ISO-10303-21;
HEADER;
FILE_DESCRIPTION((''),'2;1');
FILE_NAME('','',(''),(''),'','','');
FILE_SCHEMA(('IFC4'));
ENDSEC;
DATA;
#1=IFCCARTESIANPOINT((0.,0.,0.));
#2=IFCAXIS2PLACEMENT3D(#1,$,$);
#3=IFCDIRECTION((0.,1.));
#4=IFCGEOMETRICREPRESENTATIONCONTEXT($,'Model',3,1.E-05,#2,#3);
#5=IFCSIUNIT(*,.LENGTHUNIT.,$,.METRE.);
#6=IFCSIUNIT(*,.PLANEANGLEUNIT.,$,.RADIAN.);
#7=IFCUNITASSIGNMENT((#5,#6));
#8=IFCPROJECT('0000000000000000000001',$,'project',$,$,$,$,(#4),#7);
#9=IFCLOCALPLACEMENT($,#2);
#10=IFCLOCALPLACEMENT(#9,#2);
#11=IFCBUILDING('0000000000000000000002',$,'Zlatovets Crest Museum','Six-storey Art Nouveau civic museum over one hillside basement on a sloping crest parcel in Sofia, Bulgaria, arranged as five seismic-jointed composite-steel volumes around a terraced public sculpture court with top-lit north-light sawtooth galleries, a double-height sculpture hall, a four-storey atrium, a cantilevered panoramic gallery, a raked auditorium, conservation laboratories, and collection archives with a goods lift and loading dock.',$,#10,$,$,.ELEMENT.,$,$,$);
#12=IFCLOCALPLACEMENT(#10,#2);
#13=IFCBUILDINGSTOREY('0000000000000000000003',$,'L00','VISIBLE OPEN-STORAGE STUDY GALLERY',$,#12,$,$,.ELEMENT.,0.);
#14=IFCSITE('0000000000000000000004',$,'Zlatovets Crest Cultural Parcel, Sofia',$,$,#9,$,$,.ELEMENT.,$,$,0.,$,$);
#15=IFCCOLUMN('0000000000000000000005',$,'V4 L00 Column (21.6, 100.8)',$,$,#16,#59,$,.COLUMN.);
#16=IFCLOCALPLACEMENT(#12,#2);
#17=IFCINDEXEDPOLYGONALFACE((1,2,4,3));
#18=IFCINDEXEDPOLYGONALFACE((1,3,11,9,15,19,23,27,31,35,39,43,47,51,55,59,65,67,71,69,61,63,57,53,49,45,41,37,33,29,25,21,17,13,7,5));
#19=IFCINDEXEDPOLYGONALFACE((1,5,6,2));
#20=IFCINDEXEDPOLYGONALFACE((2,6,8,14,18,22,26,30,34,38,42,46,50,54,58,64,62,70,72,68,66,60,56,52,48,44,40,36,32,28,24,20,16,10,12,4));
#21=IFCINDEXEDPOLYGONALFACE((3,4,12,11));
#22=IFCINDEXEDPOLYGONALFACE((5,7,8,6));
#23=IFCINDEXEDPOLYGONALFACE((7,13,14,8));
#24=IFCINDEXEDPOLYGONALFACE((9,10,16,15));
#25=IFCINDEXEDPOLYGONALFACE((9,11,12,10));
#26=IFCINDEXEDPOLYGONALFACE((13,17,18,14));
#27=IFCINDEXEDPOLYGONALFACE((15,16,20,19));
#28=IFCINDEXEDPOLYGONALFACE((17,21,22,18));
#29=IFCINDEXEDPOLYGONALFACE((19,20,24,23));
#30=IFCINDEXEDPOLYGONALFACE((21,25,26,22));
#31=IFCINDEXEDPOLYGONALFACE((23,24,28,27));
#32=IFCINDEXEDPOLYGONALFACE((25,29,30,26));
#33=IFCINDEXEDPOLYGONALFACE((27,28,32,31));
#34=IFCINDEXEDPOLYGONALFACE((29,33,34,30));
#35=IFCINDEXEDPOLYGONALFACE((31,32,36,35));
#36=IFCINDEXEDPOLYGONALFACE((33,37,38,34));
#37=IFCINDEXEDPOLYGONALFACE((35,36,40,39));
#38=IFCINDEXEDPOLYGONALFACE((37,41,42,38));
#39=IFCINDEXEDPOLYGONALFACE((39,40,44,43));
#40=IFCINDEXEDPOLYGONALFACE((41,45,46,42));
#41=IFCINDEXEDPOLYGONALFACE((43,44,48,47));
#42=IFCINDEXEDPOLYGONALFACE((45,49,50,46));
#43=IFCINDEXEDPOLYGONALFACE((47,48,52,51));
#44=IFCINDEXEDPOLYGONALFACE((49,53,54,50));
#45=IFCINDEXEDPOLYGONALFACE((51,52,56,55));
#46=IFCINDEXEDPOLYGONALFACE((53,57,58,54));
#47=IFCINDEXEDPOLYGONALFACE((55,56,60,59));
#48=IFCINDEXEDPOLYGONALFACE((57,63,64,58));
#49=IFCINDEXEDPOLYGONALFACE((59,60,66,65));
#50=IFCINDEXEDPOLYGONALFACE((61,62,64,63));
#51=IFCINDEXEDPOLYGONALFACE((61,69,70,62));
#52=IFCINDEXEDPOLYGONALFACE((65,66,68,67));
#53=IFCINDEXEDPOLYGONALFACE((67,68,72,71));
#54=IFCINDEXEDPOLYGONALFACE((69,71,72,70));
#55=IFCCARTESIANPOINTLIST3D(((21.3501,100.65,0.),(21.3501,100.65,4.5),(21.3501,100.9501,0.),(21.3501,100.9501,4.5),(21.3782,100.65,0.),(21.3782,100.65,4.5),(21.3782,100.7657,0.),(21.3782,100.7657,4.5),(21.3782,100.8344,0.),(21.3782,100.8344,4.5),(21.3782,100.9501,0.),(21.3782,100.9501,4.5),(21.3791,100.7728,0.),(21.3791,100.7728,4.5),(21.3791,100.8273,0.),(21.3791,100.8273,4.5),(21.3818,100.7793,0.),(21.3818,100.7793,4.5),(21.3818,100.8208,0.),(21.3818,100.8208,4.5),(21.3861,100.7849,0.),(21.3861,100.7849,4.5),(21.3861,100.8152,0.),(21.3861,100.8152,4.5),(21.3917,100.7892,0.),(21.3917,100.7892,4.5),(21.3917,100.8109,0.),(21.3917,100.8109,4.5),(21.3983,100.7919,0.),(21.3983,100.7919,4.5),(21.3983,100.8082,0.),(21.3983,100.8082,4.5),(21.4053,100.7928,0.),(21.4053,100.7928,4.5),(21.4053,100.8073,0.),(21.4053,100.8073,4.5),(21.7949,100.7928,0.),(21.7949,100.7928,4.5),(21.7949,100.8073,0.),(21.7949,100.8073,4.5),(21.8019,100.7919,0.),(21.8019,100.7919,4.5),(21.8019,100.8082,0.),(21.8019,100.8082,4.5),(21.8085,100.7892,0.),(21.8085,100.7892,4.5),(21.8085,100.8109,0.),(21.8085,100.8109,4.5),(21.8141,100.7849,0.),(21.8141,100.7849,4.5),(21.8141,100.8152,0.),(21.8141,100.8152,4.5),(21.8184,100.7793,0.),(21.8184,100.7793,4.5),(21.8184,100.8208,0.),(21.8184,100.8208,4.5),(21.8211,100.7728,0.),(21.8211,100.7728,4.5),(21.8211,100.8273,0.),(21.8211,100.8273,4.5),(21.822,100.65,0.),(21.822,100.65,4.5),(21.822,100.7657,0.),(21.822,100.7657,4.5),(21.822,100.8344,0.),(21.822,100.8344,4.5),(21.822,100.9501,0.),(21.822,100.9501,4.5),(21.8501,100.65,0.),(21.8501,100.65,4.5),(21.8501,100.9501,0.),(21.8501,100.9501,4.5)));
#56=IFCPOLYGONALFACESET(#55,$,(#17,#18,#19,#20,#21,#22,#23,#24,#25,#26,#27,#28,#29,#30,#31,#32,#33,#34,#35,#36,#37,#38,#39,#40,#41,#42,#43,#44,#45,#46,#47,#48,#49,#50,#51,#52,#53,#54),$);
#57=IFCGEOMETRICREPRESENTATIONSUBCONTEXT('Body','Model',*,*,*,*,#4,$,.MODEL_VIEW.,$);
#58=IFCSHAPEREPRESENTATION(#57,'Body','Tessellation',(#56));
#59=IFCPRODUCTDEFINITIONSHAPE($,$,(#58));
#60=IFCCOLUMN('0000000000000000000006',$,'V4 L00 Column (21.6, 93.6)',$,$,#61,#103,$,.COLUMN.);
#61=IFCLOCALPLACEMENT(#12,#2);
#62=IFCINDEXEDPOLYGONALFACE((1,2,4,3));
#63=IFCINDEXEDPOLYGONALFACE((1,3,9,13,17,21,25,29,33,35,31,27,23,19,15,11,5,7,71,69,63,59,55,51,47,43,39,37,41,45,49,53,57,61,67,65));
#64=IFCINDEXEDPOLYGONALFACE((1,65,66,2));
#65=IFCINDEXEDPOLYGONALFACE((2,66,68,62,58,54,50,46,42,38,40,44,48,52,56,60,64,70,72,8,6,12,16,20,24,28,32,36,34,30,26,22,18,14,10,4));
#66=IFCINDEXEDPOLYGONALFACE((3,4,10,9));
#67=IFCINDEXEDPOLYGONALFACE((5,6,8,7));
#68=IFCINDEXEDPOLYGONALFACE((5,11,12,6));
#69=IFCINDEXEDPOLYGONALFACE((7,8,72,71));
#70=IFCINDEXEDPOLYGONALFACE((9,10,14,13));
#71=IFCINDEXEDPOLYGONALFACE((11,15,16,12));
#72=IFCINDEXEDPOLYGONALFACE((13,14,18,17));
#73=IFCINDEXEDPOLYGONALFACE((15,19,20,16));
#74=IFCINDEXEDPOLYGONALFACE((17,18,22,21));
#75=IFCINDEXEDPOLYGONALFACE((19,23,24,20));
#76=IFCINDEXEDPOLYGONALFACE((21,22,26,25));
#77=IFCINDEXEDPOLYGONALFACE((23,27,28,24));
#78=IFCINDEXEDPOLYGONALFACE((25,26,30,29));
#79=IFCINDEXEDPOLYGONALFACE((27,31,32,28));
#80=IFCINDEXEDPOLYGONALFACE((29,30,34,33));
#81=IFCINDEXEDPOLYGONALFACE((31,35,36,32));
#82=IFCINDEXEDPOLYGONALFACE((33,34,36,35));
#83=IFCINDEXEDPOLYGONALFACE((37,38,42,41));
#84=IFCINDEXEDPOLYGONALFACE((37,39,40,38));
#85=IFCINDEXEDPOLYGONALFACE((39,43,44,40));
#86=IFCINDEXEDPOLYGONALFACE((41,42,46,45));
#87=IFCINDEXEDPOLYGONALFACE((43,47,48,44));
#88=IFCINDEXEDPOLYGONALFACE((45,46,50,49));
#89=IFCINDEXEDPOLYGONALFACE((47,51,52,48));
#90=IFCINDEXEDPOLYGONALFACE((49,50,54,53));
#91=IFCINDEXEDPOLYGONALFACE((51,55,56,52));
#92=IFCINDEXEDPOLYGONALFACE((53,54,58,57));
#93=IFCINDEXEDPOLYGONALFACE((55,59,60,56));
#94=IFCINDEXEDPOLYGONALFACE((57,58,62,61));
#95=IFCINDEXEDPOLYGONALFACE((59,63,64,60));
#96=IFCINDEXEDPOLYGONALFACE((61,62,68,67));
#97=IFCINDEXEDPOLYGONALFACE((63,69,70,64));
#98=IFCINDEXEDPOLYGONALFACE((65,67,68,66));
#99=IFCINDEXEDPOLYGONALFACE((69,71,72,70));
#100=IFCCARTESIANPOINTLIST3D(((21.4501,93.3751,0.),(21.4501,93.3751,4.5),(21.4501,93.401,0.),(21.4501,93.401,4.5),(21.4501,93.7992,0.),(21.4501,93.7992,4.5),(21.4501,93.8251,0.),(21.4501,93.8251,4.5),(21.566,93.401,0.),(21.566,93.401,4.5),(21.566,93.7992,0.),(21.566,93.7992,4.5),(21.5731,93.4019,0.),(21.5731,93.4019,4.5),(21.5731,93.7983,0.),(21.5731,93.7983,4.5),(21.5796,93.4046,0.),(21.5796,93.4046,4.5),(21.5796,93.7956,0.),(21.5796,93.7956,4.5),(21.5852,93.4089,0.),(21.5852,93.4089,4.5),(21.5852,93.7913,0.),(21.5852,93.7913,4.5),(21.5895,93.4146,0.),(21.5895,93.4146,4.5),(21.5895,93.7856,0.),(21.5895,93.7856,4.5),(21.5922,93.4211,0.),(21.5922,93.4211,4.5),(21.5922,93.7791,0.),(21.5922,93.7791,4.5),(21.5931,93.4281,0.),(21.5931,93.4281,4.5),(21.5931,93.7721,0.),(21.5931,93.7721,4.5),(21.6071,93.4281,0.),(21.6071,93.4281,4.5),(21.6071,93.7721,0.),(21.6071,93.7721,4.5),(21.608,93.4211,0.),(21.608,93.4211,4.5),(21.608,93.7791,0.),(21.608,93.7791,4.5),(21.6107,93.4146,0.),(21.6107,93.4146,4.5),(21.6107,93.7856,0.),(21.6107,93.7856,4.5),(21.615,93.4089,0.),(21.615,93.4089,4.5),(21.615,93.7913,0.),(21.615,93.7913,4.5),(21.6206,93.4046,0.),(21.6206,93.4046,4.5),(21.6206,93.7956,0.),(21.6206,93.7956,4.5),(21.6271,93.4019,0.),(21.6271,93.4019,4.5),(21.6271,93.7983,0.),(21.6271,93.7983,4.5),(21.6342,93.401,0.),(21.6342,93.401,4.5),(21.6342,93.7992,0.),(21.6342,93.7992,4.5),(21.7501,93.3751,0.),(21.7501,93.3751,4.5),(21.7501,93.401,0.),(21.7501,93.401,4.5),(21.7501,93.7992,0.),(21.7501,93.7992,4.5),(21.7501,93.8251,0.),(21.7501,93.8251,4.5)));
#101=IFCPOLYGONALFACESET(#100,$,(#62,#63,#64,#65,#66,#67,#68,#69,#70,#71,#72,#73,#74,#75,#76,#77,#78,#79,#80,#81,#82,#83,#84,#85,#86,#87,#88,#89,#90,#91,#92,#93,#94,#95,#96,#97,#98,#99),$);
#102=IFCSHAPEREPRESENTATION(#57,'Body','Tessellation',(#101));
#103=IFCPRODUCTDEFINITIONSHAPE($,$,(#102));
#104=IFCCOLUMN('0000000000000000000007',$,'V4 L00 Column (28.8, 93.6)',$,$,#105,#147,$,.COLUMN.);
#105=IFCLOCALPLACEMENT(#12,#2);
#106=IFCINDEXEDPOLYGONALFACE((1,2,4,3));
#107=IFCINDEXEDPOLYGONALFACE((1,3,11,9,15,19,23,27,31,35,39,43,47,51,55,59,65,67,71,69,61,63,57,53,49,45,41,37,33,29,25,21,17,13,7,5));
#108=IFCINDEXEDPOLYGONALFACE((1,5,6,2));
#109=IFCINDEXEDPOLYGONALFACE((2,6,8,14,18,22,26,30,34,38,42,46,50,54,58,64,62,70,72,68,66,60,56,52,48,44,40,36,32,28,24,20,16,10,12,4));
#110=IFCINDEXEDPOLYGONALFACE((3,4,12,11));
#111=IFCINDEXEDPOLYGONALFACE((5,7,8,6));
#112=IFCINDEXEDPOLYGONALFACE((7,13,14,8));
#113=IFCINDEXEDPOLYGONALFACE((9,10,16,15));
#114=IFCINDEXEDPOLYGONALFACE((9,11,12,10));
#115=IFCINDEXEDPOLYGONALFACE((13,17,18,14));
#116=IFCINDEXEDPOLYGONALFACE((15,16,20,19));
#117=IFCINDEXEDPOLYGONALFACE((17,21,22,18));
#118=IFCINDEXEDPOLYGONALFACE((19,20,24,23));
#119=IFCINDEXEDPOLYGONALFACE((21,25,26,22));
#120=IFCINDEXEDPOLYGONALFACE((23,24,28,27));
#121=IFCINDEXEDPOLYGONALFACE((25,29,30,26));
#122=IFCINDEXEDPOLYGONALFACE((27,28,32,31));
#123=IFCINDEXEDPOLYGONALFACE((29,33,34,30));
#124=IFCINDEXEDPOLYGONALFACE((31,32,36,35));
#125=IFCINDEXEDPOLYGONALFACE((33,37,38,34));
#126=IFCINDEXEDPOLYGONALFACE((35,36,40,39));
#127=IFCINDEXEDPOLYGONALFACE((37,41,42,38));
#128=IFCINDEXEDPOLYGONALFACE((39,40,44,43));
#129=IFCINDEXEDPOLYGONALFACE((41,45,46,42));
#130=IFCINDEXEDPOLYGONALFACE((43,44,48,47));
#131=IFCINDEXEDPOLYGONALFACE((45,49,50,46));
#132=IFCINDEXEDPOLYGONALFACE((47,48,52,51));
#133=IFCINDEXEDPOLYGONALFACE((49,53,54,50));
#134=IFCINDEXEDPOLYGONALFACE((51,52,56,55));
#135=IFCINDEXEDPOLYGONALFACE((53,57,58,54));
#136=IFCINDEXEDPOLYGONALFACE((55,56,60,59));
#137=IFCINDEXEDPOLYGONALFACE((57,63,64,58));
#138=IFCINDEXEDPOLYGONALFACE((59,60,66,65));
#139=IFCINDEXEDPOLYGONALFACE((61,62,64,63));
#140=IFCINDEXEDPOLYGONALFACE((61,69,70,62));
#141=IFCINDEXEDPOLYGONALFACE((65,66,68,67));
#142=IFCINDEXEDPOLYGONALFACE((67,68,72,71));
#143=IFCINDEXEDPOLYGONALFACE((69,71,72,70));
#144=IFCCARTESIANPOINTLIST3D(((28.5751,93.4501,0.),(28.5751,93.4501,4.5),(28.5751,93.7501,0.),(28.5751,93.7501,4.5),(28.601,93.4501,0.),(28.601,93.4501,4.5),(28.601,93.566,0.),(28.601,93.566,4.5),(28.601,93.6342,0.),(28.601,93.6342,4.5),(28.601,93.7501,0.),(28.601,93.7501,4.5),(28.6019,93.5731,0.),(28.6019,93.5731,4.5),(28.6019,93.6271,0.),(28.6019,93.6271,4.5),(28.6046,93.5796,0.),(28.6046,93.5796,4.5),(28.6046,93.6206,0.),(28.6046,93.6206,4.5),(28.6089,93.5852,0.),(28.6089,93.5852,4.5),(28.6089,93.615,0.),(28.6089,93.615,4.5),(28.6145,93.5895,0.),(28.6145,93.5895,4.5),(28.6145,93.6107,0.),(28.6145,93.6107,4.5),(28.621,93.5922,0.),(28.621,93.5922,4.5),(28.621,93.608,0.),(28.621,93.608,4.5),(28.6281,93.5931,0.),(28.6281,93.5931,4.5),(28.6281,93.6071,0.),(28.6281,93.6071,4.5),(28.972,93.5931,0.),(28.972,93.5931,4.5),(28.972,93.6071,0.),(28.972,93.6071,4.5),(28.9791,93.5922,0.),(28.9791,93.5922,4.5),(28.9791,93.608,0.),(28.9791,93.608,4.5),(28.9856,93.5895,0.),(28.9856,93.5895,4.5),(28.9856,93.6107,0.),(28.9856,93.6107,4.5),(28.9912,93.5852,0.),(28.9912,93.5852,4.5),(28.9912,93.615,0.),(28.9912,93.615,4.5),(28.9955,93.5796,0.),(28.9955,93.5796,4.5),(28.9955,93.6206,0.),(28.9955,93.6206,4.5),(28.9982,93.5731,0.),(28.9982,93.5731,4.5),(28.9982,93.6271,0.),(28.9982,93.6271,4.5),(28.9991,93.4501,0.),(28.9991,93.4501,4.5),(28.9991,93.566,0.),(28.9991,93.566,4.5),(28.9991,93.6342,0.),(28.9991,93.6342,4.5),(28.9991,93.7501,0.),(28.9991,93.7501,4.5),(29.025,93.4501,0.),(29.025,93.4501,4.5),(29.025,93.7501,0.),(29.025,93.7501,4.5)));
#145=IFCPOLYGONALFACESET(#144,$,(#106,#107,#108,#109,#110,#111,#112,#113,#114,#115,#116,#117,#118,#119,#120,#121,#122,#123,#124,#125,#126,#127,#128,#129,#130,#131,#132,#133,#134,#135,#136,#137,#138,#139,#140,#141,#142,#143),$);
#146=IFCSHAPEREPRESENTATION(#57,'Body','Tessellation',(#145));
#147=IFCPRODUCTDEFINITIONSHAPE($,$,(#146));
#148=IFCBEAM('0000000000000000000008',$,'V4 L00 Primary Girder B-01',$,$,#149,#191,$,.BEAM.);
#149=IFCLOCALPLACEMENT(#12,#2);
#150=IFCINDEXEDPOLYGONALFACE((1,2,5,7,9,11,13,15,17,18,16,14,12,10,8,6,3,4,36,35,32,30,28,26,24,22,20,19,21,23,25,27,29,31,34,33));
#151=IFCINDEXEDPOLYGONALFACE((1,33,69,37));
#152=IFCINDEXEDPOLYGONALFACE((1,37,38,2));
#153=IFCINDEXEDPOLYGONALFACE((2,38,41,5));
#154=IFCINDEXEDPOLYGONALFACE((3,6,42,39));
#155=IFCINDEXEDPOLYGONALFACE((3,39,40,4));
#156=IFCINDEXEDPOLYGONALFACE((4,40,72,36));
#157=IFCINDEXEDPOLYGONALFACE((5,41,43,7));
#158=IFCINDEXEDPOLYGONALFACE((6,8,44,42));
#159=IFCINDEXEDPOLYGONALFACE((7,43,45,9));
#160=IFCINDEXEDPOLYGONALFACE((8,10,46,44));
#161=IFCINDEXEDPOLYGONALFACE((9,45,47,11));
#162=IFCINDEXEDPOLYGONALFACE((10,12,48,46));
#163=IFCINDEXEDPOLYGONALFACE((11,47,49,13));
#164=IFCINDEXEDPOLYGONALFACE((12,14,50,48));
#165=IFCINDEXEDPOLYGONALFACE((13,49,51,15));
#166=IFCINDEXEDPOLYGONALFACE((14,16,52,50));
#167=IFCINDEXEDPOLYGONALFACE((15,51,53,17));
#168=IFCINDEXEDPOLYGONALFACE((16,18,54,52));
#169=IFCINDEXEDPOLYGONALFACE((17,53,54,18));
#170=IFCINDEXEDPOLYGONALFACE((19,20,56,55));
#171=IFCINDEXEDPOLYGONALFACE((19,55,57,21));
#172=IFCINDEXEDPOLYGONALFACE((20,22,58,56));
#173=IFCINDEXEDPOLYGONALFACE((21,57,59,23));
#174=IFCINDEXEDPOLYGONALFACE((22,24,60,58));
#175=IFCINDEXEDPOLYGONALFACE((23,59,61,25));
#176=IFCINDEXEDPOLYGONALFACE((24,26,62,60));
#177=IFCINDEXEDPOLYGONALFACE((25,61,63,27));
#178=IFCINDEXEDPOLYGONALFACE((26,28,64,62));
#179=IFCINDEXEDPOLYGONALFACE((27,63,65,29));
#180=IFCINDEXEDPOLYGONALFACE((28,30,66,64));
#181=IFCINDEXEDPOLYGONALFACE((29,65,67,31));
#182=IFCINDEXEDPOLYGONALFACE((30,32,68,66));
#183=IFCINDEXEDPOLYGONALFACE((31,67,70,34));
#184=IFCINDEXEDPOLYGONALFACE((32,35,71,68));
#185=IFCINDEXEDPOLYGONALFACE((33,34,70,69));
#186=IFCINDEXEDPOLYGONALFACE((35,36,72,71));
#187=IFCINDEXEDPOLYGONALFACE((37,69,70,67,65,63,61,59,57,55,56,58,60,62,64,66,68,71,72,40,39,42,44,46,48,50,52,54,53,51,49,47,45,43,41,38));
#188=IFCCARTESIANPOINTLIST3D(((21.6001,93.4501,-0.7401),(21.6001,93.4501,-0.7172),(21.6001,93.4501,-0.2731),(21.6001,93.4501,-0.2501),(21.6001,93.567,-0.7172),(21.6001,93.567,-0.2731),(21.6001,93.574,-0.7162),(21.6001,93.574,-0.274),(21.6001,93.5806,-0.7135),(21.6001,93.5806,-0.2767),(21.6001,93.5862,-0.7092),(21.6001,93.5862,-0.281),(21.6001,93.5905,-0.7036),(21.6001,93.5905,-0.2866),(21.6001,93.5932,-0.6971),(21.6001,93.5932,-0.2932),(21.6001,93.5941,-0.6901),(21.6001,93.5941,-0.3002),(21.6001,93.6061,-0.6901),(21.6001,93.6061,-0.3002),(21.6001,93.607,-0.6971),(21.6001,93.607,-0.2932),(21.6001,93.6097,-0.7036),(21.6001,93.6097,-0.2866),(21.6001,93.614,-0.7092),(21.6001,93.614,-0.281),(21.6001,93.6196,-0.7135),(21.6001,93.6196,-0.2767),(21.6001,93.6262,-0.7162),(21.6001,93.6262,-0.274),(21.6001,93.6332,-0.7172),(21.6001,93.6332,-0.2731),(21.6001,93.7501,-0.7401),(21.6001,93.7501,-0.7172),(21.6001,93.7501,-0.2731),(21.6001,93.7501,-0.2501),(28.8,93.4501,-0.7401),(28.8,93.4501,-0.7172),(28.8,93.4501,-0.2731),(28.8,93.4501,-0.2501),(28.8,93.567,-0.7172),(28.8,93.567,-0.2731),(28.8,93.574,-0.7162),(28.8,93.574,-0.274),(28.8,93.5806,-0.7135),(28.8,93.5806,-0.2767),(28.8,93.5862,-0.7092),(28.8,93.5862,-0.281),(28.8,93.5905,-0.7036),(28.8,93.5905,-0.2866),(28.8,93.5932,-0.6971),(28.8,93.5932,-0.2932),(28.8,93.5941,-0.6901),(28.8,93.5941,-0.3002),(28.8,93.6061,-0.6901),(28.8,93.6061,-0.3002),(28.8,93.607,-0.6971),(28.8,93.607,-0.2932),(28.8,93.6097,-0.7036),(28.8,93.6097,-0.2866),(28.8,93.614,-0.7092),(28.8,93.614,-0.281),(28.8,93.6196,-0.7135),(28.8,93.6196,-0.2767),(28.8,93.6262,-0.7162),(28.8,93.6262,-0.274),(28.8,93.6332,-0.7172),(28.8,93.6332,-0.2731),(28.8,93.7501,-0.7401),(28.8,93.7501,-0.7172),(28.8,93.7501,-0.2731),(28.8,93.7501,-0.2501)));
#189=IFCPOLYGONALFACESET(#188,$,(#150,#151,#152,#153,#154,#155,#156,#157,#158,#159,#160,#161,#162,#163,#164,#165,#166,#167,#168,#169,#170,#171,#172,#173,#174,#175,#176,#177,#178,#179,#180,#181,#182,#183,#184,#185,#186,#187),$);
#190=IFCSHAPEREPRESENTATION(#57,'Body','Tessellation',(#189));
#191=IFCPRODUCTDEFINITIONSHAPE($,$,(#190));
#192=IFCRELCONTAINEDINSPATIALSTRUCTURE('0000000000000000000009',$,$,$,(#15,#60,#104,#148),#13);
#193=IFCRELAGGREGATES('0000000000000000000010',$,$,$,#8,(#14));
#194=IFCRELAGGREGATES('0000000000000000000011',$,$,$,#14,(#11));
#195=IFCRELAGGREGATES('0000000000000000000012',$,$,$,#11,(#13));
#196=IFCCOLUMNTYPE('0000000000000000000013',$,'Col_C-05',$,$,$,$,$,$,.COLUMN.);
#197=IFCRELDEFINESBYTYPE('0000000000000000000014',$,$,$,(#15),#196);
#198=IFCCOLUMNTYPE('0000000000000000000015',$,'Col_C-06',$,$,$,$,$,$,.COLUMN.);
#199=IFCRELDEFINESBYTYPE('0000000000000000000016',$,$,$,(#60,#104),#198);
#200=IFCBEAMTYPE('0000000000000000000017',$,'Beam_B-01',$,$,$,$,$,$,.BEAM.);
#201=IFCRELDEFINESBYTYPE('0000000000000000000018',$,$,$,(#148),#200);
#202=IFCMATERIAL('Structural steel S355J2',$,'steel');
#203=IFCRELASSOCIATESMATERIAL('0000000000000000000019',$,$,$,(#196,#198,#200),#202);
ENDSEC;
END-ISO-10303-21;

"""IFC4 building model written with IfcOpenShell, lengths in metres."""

from ifc_helpers import new_model, si_unit, direction, frame, origin, origin_2d, place, context, subcontext, project, spatial, i_section, extrude, material, material_profile, profile_set, type_object, element, save


model = new_model("IFC4")

# Units and contexts
model_context = context("Model", 3, precision=1e-05, world=origin(), true_north=direction((0.0, 1.0)))
body_context = subcontext(model_context, "Body", "Model", "MODEL_VIEW")
ifc_project = project(units=[si_unit("LENGTHUNIT", "METRE"), si_unit("PLANEANGLEUNIT", "RADIAN")], contexts=[model_context])

# Site, building, storey
site_placement = place(None, origin())
site = spatial("IfcSite", under=ifc_project, at=site_placement, Name="Zlatovets Crest Cultural Parcel, Sofia", CompositionType="ELEMENT", RefElevation=0.0)
building_placement = place(site_placement, origin())
building = spatial("IfcBuilding", under=site, at=building_placement, Name="Zlatovets Crest Museum", Description="Six-storey Art Nouveau civic museum over one hillside basement on a sloping crest parcel in Sofia, Bulgaria, arranged as five seismic-jointed composite-steel volumes around a terraced public sculpture court with top-lit north-light sawtooth galleries, a double-height sculpture hall, a four-storey atrium, a cantilevered panoramic gallery, a raked auditorium, conservation laboratories, and collection archives with a goods lift and loading dock.", CompositionType="ELEMENT")
storey_placement = place(building_placement, origin())
storey = spatial("IfcBuildingStorey", under=building, at=storey_placement, Name="L00", Description="VISIBLE OPEN-STORAGE STUDY GALLERY", CompositionType="ELEMENT", Elevation=0.0)

# Columns
ifc_material_1 = material(Name="Structural steel S355J2", Category="steel")
ifc_material_profile_1 = material_profile(ifc_material_1, i_section(OverallWidth=0.3, OverallDepth=0.5, WebThickness=0.0144, FlangeThickness=0.0281, FilletRadius=0.0271, at=origin_2d()), Name="HEB 500")
ifc_profile_set_1 = profile_set([ifc_material_profile_1], Name="Structural steel S355J2")
column_type_1 = type_object("IfcColumnType", Name="Col_C-05", PredefinedType="COLUMN", material=ifc_profile_set_1)
column_placement = place(storey_placement, frame((21.6001, 100.8, 0.0), z_axis=(0.0, 0.0, 1.0), x_axis=(0.0, 1.0, 0.0)))
element("IfcColumn", 1, at=column_placement, inside=storey, type_object=column_type_1, Name="V4 L00 Column (21.6, 100.8)", PredefinedType="COLUMN", context=body_context, shape_type="SweptSolid", body=[
    extrude(i_section(OverallWidth=0.3, OverallDepth=0.5, WebThickness=0.0144, FlangeThickness=0.0281, FilletRadius=0.0271, at=origin_2d()), origin(), (0.0, 0.0, 1.0), 4.5),
])
ifc_material_profile_2 = material_profile(ifc_material_1, i_section(OverallWidth=0.3, OverallDepth=0.45, WebThickness=0.0139, FlangeThickness=0.0259, FilletRadius=0.0271, at=origin_2d()), Name="HEB 450")
ifc_profile_set_2 = profile_set([ifc_material_profile_2], Name="Structural steel S355J2")
column_type_2 = type_object("IfcColumnType", Name="Col_C-06", PredefinedType="COLUMN", material=ifc_profile_set_2)
for number, where, z_axis, x_axis, name in (
    (2, (21.6001, 93.6001, 0.0), (0.0, 0.0, 1.0), (1.0, 0.0, 0.0), "V4 L00 Column (21.6, 93.6)"),
    (3, (28.8, 93.6001, 0.0), (0.0, 0.0, 1.0), (0.0, 1.0, 0.0), "V4 L00 Column (28.8, 93.6)"),
):
    element("IfcColumn", number, at=place(storey_placement, frame(where, z_axis=z_axis, x_axis=x_axis)), inside=storey, type_object=column_type_2, Name=name, PredefinedType="COLUMN", context=body_context, shape_type="SweptSolid", body=[
        extrude(i_section(OverallWidth=0.3, OverallDepth=0.45, WebThickness=0.0139, FlangeThickness=0.0259, FilletRadius=0.0271, at=origin_2d()), origin(), (0.0, 0.0, 1.0), 4.5),
    ])

# Beam
ifc_material_profile_3 = material_profile(ifc_material_1, i_section(OverallWidth=0.3, OverallDepth=0.49, WebThickness=0.012, FlangeThickness=0.0229, FilletRadius=0.0271, at=origin_2d()), Name="HEA 500")
ifc_profile_set_3 = profile_set([ifc_material_profile_3], Name="Structural steel S355J2")
beam_type_1 = type_object("IfcBeamType", Name="Beam_B-01", PredefinedType="BEAM", material=ifc_profile_set_3)
for number, where, z_axis, x_axis, name in (
    (4, (21.6001, 93.6001, -0.4951), (1.0, 0.0, 0.0), (0.0, 1.0, 0.0), "V4 L00 Primary Girder B-01"),
):
    element("IfcBeam", number, at=place(storey_placement, frame(where, z_axis=z_axis, x_axis=x_axis)), inside=storey, type_object=beam_type_1, Name=name, PredefinedType="BEAM", context=body_context, shape_type="SweptSolid", body=[
        extrude(i_section(OverallWidth=0.3, OverallDepth=0.49, WebThickness=0.012, FlangeThickness=0.0229, FilletRadius=0.0271, at=origin_2d()), origin(), (0.0, 0.0, 1.0), 7.2),
    ])

save(model, "model.ifc")
